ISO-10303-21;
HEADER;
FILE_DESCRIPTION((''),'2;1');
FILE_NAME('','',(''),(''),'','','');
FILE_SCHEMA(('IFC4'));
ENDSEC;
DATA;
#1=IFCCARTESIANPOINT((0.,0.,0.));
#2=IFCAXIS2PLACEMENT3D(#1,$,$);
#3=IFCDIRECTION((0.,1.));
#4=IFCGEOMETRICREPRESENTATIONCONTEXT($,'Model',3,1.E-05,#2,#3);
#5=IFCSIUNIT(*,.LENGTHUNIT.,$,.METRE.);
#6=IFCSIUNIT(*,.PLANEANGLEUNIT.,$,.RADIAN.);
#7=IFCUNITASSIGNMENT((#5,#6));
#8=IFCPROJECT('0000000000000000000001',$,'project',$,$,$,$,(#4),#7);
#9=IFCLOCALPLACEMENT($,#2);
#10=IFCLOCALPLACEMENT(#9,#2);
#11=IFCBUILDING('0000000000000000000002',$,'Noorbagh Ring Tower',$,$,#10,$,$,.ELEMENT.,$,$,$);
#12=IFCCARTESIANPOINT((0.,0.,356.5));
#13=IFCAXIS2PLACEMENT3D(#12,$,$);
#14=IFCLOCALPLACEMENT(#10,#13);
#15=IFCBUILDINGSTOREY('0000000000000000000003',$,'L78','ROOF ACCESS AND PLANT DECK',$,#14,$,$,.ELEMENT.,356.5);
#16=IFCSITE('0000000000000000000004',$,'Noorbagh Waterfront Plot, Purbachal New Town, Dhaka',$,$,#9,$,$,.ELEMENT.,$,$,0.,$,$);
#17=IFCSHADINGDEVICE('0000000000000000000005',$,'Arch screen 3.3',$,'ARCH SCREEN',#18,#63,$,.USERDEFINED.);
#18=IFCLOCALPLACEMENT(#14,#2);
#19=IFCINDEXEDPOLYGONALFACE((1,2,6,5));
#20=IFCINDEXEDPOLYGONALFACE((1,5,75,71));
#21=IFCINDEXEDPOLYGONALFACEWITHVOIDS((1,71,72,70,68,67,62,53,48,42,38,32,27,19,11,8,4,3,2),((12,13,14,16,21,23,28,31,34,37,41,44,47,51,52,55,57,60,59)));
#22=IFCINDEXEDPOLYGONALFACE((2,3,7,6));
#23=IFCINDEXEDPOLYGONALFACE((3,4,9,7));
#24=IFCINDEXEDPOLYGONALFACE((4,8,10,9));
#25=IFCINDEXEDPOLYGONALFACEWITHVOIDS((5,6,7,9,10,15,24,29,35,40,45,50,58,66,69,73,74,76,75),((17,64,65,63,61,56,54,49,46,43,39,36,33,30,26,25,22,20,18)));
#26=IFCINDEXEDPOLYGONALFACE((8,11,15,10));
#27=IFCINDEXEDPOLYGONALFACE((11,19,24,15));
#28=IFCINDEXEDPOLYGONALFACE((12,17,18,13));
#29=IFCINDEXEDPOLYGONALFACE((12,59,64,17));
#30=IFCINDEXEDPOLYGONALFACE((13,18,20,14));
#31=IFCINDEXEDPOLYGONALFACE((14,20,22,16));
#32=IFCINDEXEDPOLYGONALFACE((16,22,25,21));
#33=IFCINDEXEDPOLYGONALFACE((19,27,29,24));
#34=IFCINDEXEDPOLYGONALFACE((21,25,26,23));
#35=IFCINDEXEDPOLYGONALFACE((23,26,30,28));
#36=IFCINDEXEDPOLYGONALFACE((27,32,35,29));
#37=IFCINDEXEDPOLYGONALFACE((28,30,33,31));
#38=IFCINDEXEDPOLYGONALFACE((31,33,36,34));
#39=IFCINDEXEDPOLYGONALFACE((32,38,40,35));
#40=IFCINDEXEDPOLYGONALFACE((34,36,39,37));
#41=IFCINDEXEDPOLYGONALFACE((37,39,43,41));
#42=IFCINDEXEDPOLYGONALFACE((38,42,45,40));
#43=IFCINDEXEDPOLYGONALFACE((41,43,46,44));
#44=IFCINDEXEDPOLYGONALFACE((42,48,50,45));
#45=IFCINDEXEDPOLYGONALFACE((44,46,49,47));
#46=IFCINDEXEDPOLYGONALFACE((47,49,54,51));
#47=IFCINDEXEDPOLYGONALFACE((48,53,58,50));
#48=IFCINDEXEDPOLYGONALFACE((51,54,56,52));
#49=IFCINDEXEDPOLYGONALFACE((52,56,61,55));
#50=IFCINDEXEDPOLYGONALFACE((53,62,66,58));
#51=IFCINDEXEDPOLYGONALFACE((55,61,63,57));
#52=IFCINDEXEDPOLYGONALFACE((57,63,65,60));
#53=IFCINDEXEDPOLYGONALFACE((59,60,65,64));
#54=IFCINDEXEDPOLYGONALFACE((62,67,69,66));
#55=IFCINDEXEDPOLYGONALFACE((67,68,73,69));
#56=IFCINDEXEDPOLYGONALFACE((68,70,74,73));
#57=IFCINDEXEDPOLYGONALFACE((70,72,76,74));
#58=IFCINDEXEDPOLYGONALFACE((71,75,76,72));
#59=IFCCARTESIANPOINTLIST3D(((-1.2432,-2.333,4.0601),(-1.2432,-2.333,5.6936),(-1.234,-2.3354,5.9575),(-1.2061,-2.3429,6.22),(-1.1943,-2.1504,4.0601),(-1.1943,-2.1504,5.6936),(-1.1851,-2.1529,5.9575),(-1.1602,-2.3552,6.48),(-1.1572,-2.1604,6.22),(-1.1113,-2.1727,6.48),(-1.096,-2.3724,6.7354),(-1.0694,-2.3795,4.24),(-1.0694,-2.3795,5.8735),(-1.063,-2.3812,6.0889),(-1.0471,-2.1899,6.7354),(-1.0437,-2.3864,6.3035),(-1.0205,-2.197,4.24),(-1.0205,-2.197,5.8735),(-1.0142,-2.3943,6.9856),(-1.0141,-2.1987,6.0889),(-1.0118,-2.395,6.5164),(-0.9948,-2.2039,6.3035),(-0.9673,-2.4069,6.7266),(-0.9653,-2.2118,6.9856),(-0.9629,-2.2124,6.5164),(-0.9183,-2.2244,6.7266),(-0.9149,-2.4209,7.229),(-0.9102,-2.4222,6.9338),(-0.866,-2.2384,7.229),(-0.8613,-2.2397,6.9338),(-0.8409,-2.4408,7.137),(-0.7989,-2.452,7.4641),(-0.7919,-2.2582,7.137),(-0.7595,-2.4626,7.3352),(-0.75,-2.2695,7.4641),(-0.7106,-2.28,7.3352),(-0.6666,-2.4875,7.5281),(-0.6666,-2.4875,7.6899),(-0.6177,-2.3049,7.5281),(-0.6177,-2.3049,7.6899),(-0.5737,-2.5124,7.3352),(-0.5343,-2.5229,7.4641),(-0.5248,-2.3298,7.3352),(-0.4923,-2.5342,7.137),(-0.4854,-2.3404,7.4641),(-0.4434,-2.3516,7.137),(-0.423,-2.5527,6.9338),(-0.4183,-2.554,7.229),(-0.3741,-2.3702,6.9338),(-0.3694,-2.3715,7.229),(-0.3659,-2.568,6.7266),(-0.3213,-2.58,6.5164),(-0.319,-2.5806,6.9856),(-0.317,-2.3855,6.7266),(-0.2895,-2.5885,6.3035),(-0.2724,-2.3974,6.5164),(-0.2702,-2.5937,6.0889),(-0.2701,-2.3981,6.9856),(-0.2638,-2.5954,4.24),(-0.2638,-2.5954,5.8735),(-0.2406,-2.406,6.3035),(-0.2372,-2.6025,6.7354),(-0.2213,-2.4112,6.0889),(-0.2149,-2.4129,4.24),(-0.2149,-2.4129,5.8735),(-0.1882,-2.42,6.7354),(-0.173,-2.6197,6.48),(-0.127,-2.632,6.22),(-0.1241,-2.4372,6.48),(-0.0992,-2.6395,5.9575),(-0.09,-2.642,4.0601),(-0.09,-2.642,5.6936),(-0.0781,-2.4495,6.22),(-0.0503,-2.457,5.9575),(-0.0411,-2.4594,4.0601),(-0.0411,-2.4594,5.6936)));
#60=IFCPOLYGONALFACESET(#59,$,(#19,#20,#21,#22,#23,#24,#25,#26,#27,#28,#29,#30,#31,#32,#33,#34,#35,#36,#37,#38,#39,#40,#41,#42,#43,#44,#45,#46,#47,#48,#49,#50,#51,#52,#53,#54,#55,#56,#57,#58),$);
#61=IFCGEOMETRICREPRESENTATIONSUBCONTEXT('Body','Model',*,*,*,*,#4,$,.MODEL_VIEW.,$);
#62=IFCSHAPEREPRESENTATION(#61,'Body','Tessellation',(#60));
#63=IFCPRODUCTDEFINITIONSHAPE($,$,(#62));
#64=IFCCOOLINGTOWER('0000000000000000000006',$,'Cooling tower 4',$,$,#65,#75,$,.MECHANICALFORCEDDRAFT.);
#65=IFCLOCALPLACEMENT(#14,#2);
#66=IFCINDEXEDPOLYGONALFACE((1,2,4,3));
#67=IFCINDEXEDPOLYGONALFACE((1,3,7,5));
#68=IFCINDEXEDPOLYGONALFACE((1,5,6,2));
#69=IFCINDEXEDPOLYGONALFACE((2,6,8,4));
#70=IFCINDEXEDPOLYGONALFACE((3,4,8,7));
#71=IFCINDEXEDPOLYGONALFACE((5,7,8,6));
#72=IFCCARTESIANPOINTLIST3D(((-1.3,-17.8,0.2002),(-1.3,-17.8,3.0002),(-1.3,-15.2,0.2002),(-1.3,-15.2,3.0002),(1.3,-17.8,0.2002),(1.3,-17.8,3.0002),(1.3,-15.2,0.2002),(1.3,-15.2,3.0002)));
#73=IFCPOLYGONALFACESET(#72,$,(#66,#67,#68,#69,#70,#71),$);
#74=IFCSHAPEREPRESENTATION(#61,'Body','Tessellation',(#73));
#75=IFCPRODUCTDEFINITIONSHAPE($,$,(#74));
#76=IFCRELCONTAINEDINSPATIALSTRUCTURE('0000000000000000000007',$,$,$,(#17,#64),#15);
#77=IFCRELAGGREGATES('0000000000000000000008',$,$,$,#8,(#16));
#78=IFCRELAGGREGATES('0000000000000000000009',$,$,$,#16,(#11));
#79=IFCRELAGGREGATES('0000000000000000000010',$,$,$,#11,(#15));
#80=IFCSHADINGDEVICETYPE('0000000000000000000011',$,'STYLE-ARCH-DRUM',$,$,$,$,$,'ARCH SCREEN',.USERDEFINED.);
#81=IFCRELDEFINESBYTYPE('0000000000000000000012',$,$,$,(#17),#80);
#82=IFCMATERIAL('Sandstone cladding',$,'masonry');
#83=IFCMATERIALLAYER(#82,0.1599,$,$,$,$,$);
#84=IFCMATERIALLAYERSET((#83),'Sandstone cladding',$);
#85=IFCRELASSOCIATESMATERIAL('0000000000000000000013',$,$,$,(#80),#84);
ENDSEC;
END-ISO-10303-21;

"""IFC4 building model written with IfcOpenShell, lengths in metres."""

from ifc_helpers import new_model, si_unit, direction, frame, origin, origin_2d, place, context, subcontext, project, spatial, polyline, rectangle, outline, extrude, material, layer, layer_set, type_object, element, save


model = new_model("IFC4")

# Units and contexts
model_context = context("Model", 3, precision=1e-05, world=origin(), true_north=direction((0.0, 1.0)))
body_context = subcontext(model_context, "Body", "Model", "MODEL_VIEW")
ifc_project = project(units=[si_unit("LENGTHUNIT", "METRE"), si_unit("PLANEANGLEUNIT", "RADIAN")], contexts=[model_context])

# Site, building, storey
site_placement = place(None, origin())
site = spatial("IfcSite", under=ifc_project, at=site_placement, Name="Noorbagh Waterfront Plot, Purbachal New Town, Dhaka", CompositionType="ELEMENT", RefElevation=0.0)
building_placement = place(site_placement, origin())
building = spatial("IfcBuilding", under=site, at=building_placement, Name="Noorbagh Ring Tower", CompositionType="ELEMENT")
storey_placement = place(building_placement, frame((0.0, 0.0, 356.5)))
storey = spatial("IfcBuildingStorey", under=building, at=storey_placement, Name="L78", Description="ROOF ACCESS AND PLANT DECK", CompositionType="ELEMENT", Elevation=356.5)

# Shading device
ifc_material_1 = material(Name="Sandstone cladding", Category="masonry")
ifc_layer_1 = layer(ifc_material_1, 0.1599)
ifc_layer_set_1 = layer_set([ifc_layer_1], Name="Sandstone cladding")
shading_device_type = type_object("IfcShadingDeviceType", Name="STYLE-ARCH-DRUM", ElementType="ARCH SCREEN", PredefinedType="USERDEFINED", material=ifc_layer_set_1)
for number, where, z_axis, x_axis, name in (
    (1, (-0.6177, -2.3049, 4.0601), (-0.258819, -0.965926, 0.0), (0.965926, -0.258819, 0.0), "Arch screen 3.3"),
):
    element("IfcShadingDevice", number, at=place(storey_placement, frame(where, z_axis=z_axis, x_axis=x_axis)), inside=storey, type_object=shading_device_type, Name=name, ObjectType="ARCH SCREEN", PredefinedType="USERDEFINED", context=body_context, shape_type="SweptSolid", body=[
        extrude(outline(polyline([(-0.5969, 0.0), (0.5969, 0.0), (0.5969, 1.6335), (0.5874, 1.8975), (0.5586, 2.1599), (0.511, 2.4199), (0.4446, 2.6753), (0.3599, 2.9255), (0.2571, 3.1689), (0.137, 3.4041), (0.0, 3.6299), (-0.137, 3.4041), (-0.2571, 3.1689), (-0.3599, 2.9255), (-0.4446, 2.6753), (-0.511, 2.4199), (-0.5586, 2.1599), (-0.5874, 1.8975), (-0.5969, 1.6335), (-0.5969, 0.0)]), holes=[polyline([(-0.417, 0.1799), (0.417, 0.1799), (0.417, 1.8135), (0.4104, 2.0288), (0.3904, 2.2434), (0.3574, 2.4563), (0.3113, 2.6665), (0.2522, 2.8738), (0.1804, 3.0769), (0.0962, 3.2751), (0.0, 3.468), (-0.0962, 3.2751), (-0.1804, 3.0769), (-0.2522, 2.8738), (-0.3113, 2.6665), (-0.3574, 2.4563), (-0.3904, 2.2434), (-0.4104, 2.0288), (-0.417, 1.8135), (-0.417, 0.1799)])]), origin(), (0.0, 0.0, 1.0), 0.189),
    ])

# Cooling tower
cooling_tower_placement = place(storey_placement, frame((0.0, -16.5, 0.2002), z_axis=(0.0, 0.0, 1.0), x_axis=(1.0, 0.0, 0.0)))
element("IfcCoolingTower", 2, at=cooling_tower_placement, inside=storey, Name="Cooling tower 4", PredefinedType="MECHANICALFORCEDDRAFT", context=body_context, shape_type="SweptSolid", body=[
    extrude(rectangle(XDim=2.6001, YDim=2.6001, at=origin_2d()), origin(), (0.0, 0.0, 1.0), 2.8),
])

save(model, "model.ifc")
